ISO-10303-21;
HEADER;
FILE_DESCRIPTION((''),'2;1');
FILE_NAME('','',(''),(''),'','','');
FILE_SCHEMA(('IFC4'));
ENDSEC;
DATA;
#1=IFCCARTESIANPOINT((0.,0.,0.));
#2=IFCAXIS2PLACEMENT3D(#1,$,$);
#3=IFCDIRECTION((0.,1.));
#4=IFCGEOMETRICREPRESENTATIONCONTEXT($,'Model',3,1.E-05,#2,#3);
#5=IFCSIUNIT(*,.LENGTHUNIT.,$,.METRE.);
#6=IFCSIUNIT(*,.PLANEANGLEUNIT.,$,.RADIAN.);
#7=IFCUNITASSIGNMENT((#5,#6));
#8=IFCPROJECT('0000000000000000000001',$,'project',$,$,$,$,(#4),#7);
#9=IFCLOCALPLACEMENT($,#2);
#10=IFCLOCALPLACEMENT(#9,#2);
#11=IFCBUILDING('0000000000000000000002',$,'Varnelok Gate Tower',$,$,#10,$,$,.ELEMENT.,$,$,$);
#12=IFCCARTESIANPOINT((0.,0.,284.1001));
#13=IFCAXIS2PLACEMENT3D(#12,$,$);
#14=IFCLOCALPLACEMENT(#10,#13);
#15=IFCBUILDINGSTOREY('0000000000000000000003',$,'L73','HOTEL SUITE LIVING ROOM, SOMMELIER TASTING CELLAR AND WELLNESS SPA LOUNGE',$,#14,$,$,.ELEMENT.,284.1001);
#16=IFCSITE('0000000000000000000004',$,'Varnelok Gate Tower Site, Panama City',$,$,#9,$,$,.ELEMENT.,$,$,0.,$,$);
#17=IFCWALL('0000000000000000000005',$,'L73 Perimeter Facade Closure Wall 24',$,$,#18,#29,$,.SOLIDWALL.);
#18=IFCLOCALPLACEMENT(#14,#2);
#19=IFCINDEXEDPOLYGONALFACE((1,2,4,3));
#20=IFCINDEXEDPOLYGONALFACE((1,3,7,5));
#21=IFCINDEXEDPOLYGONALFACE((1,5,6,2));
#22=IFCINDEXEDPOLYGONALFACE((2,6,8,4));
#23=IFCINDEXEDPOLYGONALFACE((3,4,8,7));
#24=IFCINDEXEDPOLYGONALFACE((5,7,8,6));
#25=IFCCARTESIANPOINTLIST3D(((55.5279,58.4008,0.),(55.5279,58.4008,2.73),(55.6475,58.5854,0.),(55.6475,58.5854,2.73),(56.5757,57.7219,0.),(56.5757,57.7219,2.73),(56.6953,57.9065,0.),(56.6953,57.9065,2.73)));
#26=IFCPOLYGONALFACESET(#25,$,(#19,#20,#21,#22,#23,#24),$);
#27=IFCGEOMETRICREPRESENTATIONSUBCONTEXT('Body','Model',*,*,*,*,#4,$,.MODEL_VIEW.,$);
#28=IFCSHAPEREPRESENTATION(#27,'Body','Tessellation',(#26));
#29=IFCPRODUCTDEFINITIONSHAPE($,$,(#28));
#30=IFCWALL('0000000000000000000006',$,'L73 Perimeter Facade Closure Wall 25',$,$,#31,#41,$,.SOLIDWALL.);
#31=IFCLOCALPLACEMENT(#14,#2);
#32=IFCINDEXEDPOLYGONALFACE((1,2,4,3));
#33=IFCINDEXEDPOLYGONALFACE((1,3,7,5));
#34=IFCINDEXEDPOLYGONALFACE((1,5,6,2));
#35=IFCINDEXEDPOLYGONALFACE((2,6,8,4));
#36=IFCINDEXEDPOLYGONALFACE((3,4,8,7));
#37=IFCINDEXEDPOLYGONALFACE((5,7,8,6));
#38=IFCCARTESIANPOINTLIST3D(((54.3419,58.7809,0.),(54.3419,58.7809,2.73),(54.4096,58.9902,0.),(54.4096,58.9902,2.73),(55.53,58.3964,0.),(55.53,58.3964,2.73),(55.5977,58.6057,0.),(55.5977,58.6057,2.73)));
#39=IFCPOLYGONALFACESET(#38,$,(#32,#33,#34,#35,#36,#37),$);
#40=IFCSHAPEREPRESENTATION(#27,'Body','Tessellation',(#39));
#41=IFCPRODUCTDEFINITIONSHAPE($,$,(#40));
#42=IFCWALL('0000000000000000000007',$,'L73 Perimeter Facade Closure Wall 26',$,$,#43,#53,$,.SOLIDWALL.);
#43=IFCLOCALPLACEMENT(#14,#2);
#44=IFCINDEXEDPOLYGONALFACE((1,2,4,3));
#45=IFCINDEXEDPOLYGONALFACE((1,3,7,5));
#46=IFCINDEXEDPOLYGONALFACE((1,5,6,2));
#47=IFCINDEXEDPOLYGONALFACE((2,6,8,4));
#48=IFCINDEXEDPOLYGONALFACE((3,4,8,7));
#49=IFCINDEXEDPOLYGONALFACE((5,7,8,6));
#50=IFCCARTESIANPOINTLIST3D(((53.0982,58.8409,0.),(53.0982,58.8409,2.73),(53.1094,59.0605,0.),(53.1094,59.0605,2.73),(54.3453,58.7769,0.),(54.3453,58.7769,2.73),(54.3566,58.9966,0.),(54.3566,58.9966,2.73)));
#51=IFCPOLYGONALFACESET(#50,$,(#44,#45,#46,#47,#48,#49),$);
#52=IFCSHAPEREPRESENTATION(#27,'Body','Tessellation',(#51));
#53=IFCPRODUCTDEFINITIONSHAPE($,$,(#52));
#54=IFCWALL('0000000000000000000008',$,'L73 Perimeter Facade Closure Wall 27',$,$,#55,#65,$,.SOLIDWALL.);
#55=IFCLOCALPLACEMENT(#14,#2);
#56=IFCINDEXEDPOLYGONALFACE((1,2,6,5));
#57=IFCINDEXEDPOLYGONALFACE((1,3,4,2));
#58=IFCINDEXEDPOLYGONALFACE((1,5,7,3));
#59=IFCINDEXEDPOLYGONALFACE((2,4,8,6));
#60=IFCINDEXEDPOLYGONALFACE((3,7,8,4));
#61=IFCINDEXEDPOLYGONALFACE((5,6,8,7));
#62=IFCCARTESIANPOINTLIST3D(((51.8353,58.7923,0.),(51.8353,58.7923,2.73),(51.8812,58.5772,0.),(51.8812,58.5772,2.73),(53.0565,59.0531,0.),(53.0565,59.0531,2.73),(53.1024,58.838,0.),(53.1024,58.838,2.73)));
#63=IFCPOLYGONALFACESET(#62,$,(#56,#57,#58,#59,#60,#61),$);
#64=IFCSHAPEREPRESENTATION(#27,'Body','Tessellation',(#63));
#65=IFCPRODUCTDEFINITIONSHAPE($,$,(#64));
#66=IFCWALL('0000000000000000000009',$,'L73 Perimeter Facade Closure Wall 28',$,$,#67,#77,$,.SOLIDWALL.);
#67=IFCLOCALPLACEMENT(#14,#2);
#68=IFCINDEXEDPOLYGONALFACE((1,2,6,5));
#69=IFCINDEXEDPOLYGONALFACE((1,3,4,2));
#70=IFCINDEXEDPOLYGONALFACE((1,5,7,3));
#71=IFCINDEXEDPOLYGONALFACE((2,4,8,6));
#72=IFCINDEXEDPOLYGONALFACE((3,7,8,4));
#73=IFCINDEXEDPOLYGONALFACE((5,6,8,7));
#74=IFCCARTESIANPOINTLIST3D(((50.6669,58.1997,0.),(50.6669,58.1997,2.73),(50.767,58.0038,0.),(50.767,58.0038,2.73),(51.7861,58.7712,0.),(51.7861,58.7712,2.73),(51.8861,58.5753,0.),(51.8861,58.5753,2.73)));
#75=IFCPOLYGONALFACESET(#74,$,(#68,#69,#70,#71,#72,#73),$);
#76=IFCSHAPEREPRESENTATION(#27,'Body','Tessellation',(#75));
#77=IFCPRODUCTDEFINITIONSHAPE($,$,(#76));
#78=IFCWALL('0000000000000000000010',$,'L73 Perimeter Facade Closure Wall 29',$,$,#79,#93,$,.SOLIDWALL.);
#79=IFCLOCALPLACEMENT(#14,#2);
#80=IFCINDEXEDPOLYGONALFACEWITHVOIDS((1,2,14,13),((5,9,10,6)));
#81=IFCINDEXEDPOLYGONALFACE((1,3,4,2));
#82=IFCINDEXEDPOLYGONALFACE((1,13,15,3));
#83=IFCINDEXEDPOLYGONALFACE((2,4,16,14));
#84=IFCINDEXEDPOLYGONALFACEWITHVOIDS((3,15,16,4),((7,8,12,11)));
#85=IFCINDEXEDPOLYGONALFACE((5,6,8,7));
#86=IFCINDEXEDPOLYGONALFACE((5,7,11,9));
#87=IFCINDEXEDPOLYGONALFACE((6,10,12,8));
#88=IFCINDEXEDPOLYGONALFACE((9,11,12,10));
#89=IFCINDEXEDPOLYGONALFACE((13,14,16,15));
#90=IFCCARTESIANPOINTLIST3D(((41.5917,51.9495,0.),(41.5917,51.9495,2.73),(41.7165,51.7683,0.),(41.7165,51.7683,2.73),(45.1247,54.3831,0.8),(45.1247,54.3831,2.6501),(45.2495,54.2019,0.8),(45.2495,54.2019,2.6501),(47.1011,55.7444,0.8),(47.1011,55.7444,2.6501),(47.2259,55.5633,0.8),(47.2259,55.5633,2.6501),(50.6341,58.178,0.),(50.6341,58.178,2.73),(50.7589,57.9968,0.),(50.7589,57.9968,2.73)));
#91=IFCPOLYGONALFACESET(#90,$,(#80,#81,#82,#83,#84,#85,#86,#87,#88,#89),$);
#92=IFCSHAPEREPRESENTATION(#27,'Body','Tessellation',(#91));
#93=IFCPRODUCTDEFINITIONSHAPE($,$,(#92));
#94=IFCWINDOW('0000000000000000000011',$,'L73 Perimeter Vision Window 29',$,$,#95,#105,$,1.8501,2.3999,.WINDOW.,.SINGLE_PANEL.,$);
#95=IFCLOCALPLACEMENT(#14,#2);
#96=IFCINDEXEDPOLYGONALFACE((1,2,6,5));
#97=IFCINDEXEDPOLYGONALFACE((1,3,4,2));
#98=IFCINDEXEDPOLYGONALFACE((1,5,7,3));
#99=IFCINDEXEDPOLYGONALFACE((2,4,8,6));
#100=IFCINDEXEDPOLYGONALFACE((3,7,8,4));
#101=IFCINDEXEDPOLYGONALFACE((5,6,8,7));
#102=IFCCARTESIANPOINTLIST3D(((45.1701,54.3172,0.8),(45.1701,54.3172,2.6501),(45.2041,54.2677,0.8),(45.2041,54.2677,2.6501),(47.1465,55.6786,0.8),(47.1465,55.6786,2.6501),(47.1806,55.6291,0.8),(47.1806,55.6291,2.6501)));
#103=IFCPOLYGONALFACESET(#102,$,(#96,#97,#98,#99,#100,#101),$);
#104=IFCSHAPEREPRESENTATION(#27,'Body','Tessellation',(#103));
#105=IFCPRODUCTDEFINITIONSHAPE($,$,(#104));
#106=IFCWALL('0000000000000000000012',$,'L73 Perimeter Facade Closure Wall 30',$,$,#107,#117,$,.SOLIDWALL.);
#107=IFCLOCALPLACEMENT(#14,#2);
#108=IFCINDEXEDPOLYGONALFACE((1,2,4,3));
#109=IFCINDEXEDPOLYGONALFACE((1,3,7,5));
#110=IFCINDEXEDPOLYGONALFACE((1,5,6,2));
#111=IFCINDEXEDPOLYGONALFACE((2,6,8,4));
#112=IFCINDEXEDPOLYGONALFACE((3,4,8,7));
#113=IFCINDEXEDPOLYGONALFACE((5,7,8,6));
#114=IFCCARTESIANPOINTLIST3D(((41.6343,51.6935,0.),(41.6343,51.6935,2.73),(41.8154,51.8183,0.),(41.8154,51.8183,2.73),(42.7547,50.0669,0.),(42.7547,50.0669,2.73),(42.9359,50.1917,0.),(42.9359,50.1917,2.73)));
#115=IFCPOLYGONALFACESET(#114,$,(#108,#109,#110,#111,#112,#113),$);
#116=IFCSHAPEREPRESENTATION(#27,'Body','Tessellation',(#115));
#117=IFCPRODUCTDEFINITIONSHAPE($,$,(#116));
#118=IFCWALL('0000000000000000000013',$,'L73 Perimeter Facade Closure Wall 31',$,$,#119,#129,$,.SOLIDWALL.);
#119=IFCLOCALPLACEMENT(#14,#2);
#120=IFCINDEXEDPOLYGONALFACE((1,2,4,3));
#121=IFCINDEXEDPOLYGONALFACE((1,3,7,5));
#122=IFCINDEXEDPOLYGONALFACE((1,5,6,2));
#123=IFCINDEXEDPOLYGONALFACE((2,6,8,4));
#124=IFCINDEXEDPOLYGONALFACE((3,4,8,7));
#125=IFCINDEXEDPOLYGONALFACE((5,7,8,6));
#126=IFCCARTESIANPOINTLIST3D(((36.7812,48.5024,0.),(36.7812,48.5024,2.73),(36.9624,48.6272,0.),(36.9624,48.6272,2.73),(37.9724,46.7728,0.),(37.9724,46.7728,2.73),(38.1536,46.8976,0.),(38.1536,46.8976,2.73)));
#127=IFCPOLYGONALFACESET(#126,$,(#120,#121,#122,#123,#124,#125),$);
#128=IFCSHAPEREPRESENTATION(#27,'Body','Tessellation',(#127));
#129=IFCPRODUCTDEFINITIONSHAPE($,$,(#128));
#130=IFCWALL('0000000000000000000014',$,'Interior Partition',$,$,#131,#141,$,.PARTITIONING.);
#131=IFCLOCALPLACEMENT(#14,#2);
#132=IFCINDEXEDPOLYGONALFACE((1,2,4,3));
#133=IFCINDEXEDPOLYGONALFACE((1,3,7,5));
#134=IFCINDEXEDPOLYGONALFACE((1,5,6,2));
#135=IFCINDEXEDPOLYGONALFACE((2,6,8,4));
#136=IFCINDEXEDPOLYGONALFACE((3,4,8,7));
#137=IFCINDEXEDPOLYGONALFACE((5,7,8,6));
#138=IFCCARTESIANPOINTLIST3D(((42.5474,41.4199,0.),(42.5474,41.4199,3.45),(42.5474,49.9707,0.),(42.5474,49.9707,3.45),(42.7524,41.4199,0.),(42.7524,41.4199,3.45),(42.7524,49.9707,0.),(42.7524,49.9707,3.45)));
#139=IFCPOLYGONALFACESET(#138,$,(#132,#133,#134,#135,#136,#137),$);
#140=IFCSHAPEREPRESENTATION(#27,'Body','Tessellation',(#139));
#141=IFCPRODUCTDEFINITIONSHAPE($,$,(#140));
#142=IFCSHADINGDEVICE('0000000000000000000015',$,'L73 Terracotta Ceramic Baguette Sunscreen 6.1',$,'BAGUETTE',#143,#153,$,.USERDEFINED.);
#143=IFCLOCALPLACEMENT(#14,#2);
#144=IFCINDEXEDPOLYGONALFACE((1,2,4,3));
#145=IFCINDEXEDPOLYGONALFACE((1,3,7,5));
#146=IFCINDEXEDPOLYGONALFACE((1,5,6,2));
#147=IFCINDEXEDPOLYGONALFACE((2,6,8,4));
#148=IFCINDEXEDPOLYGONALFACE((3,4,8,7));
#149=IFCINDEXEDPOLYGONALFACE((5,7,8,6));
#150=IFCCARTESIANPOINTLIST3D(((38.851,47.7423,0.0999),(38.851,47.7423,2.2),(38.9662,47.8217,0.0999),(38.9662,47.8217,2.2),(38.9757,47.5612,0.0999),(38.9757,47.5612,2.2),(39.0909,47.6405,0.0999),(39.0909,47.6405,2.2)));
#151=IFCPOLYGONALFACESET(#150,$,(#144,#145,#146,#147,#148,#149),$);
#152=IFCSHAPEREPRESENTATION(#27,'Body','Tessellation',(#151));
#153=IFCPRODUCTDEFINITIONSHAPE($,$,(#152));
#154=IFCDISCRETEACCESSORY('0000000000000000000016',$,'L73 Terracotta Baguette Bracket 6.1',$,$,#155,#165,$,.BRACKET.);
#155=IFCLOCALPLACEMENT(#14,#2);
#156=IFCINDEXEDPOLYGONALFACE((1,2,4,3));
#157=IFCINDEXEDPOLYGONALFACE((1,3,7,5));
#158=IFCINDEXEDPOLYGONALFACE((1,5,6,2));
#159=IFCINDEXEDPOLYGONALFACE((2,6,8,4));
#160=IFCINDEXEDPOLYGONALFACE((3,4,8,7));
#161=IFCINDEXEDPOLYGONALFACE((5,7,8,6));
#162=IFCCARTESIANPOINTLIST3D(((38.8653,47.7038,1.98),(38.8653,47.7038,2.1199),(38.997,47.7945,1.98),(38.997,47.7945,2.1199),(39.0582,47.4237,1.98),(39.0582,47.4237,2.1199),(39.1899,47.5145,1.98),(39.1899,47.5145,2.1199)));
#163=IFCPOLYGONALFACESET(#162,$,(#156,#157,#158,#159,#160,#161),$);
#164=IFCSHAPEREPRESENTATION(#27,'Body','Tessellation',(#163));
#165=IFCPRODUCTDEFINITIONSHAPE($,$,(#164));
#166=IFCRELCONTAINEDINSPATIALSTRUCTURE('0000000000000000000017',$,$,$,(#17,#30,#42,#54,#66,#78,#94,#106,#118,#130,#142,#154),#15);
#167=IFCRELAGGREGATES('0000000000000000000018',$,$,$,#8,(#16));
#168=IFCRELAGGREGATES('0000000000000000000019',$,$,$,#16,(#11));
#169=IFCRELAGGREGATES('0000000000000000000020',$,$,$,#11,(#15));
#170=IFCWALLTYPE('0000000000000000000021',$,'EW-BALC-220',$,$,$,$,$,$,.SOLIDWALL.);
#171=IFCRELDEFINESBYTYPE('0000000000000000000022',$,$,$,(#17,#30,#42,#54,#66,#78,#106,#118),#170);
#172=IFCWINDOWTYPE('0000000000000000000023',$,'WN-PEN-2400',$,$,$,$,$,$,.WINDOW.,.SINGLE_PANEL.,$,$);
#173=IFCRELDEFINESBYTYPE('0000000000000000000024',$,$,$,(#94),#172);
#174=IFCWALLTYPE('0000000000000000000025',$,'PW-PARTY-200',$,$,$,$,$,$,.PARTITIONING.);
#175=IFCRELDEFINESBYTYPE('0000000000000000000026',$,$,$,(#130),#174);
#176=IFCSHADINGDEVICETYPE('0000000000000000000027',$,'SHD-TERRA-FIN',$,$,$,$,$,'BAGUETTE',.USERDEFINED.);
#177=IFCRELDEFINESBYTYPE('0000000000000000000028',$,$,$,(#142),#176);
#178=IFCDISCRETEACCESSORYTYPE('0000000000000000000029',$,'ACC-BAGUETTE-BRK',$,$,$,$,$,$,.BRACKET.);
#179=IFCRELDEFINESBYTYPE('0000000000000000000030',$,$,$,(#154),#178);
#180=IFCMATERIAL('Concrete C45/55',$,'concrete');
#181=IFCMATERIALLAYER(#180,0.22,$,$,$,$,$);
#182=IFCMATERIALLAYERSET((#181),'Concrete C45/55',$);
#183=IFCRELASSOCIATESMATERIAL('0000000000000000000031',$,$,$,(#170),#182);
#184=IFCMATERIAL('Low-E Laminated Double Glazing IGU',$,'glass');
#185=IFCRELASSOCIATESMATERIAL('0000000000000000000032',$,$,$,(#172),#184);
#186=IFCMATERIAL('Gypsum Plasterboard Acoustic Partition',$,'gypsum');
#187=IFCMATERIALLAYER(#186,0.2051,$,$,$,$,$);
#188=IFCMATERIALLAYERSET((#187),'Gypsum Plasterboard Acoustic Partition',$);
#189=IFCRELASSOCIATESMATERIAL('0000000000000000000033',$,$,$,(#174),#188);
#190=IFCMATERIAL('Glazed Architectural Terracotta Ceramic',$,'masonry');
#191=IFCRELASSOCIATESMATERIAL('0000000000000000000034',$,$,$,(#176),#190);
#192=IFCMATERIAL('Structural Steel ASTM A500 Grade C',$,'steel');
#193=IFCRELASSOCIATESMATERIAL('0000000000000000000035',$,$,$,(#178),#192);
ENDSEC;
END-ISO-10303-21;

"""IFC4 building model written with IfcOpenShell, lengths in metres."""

from ifc_helpers import new_model, si_unit, direction, frame, frame_2d, origin, origin_2d, place, context, subcontext, project, spatial, rectangle, extrude, source, transform, mapped, material, layer, layer_set, type_object, element, fill, save


model = new_model("IFC4")

# Units and contexts
model_context = context("Model", 3, precision=1e-05, world=origin(), true_north=direction((0.0, 1.0)))
body_context = subcontext(model_context, "Body", "Model", "MODEL_VIEW")
ifc_project = project(units=[si_unit("LENGTHUNIT", "METRE"), si_unit("PLANEANGLEUNIT", "RADIAN")], contexts=[model_context])

# Site, building, storey
site_placement = place(None, origin())
site = spatial("IfcSite", under=ifc_project, at=site_placement, Name="Varnelok Gate Tower Site, Panama City", CompositionType="ELEMENT", RefElevation=0.0)
building_placement = place(site_placement, origin())
building = spatial("IfcBuilding", under=site, at=building_placement, Name="Varnelok Gate Tower", CompositionType="ELEMENT")
storey_placement = place(building_placement, frame((0.0, 0.0, 284.1001)))
storey = spatial("IfcBuildingStorey", under=building, at=storey_placement, Name="L73", Description="HOTEL SUITE LIVING ROOM, SOMMELIER TASTING CELLAR AND WELLNESS SPA LOUNGE", CompositionType="ELEMENT", Elevation=284.1001)

# Shared definitions
ifc_material_1 = material(Name="Concrete C45/55", Category="concrete")
ifc_layer_1 = layer(ifc_material_1, 0.22)
ifc_layer_set_1 = layer_set([ifc_layer_1], Name="Concrete C45/55")
wall_type_1 = type_object("IfcWallType", Name="EW-BALC-220", PredefinedType="SOLIDWALL", material=ifc_layer_set_1)

# Walls
wall_1_placement = place(storey_placement, frame((56.6355, 57.8142, 0.0), z_axis=(0.0, 0.0, 1.0), x_axis=(-0.839229, 0.543778, 0.0)))
element("IfcWall", 1, at=wall_1_placement, inside=storey, type_object=wall_type_1, Name="L73 Perimeter Facade Closure Wall 24", PredefinedType="SOLIDWALL", context=body_context, shape_type="SweptSolid", body=[
    extrude(rectangle(XDim=1.2485, YDim=0.22, at=frame_2d((0.6243, 0.0))), origin(), (0.0, 0.0, 1.0), 2.73),
])
for number, where, z_axis, x_axis, name in (
    (2, (55.564, 58.501, 0.0), (0.0, 0.0, 1.0), (-0.951404, 0.307945, 0.0), "L73 Perimeter Facade Closure Wall 25"),
    (3, (54.3511, 58.8867, 0.0), (0.0, 0.0, 1.0), (-0.998687, 0.051225, 0.0), "L73 Perimeter Facade Closure Wall 26"),
    (4, (53.0796, 58.9456, 0.0), (0.0, 0.0, 1.0), (-0.977957, -0.208808, 0.0), "L73 Perimeter Facade Closure Wall 27"),
):
    element("IfcWall", number, at=place(storey_placement, frame(where, z_axis=z_axis, x_axis=x_axis)), inside=storey, type_object=wall_type_1, Name=name, PredefinedType="SOLIDWALL", context=body_context, shape_type="SweptSolid", body=[
        extrude(rectangle(XDim=1.2488, YDim=0.22, at=frame_2d((0.6245, 0.0))), origin(), (0.0, 0.0, 1.0), 2.73),
    ])
wall_2_placement = place(storey_placement, frame((51.8362, 58.6733, 0.0), z_axis=(0.0, 0.0, 1.0), x_axis=(-0.890587, -0.454813, 0.0)))
element("IfcWall", 5, at=wall_2_placement, inside=storey, type_object=wall_type_1, Name="L73 Perimeter Facade Closure Wall 28", PredefinedType="SOLIDWALL", context=body_context, shape_type="SweptSolid", body=[
    extrude(rectangle(XDim=1.2566, YDim=0.22, at=frame_2d((0.6284, 0.0))), origin(), (0.0, 0.0, 1.0), 2.73),
])

# Wall, opening, window
wall_3_placement = place(storey_placement, frame((50.6965, 58.0874, 0.0), z_axis=(0.0, 0.0, 1.0), x_axis=(-0.823539, -0.567259, 0.0)))
wall_3 = element("IfcWall", 6, at=wall_3_placement, inside=storey, type_object=wall_type_1, Name="L73 Perimeter Facade Closure Wall 29", PredefinedType="SOLIDWALL", context=body_context, shape_type="SweptSolid", body=[
    extrude(rectangle(XDim=10.98, YDim=0.22, at=frame_2d((5.49, 0.0))), origin(), (0.0, 0.0, 1.0), 2.73),
])
opening_1_placement = place(wall_3_placement, frame((4.29, 0.0, 0.8)))
opening_1 = element("IfcOpeningElement", 7, at=opening_1_placement, cuts=wall_3, PredefinedType="OPENING", context=body_context, shape_type="SweptSolid", body=[
    extrude(rectangle(XDim=2.3999, YDim=1.8501, at=frame_2d((1.2, 0.925))), frame((0.0, 0.1199, 0.0), z_axis=(0.0, -1.0, 0.0), x_axis=(1.0, 0.0, 0.0)), (0.0, 0.0, 1.0), 0.24),
])
ifc_material_2 = material(Name="Low-E Laminated Double Glazing IGU", Category="glass")
window_type = type_object("IfcWindowType", Name="WN-PEN-2400", PartitioningType="SINGLE_PANEL", PredefinedType="WINDOW", material=ifc_material_2)
window_placement = place(opening_1_placement, origin())
window = element("IfcWindow", 8, at=window_placement, inside=storey, type_object=window_type, Name="L73 Perimeter Vision Window 29", OverallHeight=1.8501, OverallWidth=2.3999, PartitioningType="SINGLE_PANEL", PredefinedType="WINDOW", context=body_context, shape_type="SweptSolid", body=[
    extrude(rectangle(XDim=2.3999, YDim=1.8501, at=frame_2d((1.2, 0.925))), frame((0.0, 0.03, 0.0), z_axis=(0.0, -1.0, 0.0), x_axis=(1.0, 0.0, 0.0)), (0.0, 0.0, 1.0), 0.0601),
])
fill(opening_1, window)

# Walls
wall_4_placement = place(storey_placement, frame((41.7249, 51.7559, 0.0), z_axis=(0.0, 0.0, 1.0), x_axis=(0.567274, -0.823529, 0.0)))
element("IfcWall", 9, at=wall_4_placement, inside=storey, type_object=wall_type_1, Name="L73 Perimeter Facade Closure Wall 30", PredefinedType="SOLIDWALL", context=body_context, shape_type="SweptSolid", body=[
    extrude(rectangle(XDim=1.9751, YDim=0.22, at=frame_2d((0.9875, 0.0))), origin(), (0.0, 0.0, 1.0), 2.73),
])
wall_5_placement = place(storey_placement, frame((38.063, 46.8352, 0.0), z_axis=(0.0, 0.0, 1.0), x_axis=(-0.567219, 0.823567, 0.0)))
element("IfcWall", 10, at=wall_5_placement, inside=storey, type_object=wall_type_1, Name="L73 Perimeter Facade Closure Wall 31", PredefinedType="SOLIDWALL", context=body_context, shape_type="SweptSolid", body=[
    extrude(rectangle(XDim=2.1001, YDim=0.22, at=frame_2d((1.05, 0.0))), origin(), (0.0, 0.0, 1.0), 2.73),
])
ifc_material_3 = material(Name="Gypsum Plasterboard Acoustic Partition", Category="gypsum")
ifc_layer_2 = layer(ifc_material_3, 0.2051)
ifc_layer_set_2 = layer_set([ifc_layer_2], Name="Gypsum Plasterboard Acoustic Partition")
wall_type_2 = type_object("IfcWallType", Name="PW-PARTY-200", PredefinedType="PARTITIONING", material=ifc_layer_set_2)
wall_6_placement = place(storey_placement, frame((42.6499, 41.4199, 0.0), z_axis=(0.0, 0.0, 1.0), x_axis=(0.0, 1.0, 0.0)))
element("IfcWall", 11, at=wall_6_placement, inside=storey, type_object=wall_type_2, Name="Interior Partition", PredefinedType="PARTITIONING", context=body_context, shape_type="SweptSolid", body=[
    extrude(rectangle(XDim=8.5508, YDim=0.2051, at=frame_2d((4.2754, 0.0))), origin(), (0.0, 0.0, 1.0), 3.45),
])

# Shading device
ifc_material_4 = material(Name="Glazed Architectural Terracotta Ceramic", Category="masonry")
shading_device_type = type_object("IfcShadingDeviceType", Name="SHD-TERRA-FIN", ElementType="BAGUETTE", PredefinedType="USERDEFINED", material=ifc_material_4)
shared_shape_1 = source(origin(), body_context, "Body", "SweptSolid", [
    extrude(rectangle(XDim=0.1399, YDim=0.22, at=origin_2d()), origin(), (0.0, 0.0, 1.0), 2.1001),
])
shading_device_placement = place(storey_placement, frame((38.9709, 47.6914, 0.0999), z_axis=(0.0, 0.0, 1.0), x_axis=(0.823533, 0.567269, 0.0)))
element("IfcShadingDevice", 12, at=shading_device_placement, inside=storey, type_object=shading_device_type, Name="L73 Terracotta Ceramic Baguette Sunscreen 6.1", ObjectType="BAGUETTE", PredefinedType="USERDEFINED", context=body_context, shape_type="MappedRepresentation", body=[
    mapped(shared_shape_1, transform((0.0, 0.0, 0.0), scale=1.0)),
])

# Discrete accessory
ifc_material_5 = material(Name="Structural Steel ASTM A500 Grade C", Category="steel")
discrete_accessory_type = type_object("IfcDiscreteAccessoryType", Name="ACC-BAGUETTE-BRK", PredefinedType="BRACKET", material=ifc_material_5)
shared_shape_2 = source(origin(), body_context, "Body", "SweptSolid", [
    extrude(rectangle(XDim=0.1599, YDim=0.3401, at=origin_2d()), origin(), (0.0, 0.0, 1.0), 0.1399),
])
discrete_accessory_placement = place(storey_placement, frame((39.0276, 47.6091, 1.98), z_axis=(0.0, 0.0, 1.0), x_axis=(0.823533, 0.567269, 0.0)))
element("IfcDiscreteAccessory", 13, at=discrete_accessory_placement, inside=storey, type_object=discrete_accessory_type, Name="L73 Terracotta Baguette Bracket 6.1", PredefinedType="BRACKET", context=body_context, shape_type="MappedRepresentation", body=[
    mapped(shared_shape_2, transform((0.0, 0.0, 0.0), scale=1.0)),
])

save(model, "model.ifc")
